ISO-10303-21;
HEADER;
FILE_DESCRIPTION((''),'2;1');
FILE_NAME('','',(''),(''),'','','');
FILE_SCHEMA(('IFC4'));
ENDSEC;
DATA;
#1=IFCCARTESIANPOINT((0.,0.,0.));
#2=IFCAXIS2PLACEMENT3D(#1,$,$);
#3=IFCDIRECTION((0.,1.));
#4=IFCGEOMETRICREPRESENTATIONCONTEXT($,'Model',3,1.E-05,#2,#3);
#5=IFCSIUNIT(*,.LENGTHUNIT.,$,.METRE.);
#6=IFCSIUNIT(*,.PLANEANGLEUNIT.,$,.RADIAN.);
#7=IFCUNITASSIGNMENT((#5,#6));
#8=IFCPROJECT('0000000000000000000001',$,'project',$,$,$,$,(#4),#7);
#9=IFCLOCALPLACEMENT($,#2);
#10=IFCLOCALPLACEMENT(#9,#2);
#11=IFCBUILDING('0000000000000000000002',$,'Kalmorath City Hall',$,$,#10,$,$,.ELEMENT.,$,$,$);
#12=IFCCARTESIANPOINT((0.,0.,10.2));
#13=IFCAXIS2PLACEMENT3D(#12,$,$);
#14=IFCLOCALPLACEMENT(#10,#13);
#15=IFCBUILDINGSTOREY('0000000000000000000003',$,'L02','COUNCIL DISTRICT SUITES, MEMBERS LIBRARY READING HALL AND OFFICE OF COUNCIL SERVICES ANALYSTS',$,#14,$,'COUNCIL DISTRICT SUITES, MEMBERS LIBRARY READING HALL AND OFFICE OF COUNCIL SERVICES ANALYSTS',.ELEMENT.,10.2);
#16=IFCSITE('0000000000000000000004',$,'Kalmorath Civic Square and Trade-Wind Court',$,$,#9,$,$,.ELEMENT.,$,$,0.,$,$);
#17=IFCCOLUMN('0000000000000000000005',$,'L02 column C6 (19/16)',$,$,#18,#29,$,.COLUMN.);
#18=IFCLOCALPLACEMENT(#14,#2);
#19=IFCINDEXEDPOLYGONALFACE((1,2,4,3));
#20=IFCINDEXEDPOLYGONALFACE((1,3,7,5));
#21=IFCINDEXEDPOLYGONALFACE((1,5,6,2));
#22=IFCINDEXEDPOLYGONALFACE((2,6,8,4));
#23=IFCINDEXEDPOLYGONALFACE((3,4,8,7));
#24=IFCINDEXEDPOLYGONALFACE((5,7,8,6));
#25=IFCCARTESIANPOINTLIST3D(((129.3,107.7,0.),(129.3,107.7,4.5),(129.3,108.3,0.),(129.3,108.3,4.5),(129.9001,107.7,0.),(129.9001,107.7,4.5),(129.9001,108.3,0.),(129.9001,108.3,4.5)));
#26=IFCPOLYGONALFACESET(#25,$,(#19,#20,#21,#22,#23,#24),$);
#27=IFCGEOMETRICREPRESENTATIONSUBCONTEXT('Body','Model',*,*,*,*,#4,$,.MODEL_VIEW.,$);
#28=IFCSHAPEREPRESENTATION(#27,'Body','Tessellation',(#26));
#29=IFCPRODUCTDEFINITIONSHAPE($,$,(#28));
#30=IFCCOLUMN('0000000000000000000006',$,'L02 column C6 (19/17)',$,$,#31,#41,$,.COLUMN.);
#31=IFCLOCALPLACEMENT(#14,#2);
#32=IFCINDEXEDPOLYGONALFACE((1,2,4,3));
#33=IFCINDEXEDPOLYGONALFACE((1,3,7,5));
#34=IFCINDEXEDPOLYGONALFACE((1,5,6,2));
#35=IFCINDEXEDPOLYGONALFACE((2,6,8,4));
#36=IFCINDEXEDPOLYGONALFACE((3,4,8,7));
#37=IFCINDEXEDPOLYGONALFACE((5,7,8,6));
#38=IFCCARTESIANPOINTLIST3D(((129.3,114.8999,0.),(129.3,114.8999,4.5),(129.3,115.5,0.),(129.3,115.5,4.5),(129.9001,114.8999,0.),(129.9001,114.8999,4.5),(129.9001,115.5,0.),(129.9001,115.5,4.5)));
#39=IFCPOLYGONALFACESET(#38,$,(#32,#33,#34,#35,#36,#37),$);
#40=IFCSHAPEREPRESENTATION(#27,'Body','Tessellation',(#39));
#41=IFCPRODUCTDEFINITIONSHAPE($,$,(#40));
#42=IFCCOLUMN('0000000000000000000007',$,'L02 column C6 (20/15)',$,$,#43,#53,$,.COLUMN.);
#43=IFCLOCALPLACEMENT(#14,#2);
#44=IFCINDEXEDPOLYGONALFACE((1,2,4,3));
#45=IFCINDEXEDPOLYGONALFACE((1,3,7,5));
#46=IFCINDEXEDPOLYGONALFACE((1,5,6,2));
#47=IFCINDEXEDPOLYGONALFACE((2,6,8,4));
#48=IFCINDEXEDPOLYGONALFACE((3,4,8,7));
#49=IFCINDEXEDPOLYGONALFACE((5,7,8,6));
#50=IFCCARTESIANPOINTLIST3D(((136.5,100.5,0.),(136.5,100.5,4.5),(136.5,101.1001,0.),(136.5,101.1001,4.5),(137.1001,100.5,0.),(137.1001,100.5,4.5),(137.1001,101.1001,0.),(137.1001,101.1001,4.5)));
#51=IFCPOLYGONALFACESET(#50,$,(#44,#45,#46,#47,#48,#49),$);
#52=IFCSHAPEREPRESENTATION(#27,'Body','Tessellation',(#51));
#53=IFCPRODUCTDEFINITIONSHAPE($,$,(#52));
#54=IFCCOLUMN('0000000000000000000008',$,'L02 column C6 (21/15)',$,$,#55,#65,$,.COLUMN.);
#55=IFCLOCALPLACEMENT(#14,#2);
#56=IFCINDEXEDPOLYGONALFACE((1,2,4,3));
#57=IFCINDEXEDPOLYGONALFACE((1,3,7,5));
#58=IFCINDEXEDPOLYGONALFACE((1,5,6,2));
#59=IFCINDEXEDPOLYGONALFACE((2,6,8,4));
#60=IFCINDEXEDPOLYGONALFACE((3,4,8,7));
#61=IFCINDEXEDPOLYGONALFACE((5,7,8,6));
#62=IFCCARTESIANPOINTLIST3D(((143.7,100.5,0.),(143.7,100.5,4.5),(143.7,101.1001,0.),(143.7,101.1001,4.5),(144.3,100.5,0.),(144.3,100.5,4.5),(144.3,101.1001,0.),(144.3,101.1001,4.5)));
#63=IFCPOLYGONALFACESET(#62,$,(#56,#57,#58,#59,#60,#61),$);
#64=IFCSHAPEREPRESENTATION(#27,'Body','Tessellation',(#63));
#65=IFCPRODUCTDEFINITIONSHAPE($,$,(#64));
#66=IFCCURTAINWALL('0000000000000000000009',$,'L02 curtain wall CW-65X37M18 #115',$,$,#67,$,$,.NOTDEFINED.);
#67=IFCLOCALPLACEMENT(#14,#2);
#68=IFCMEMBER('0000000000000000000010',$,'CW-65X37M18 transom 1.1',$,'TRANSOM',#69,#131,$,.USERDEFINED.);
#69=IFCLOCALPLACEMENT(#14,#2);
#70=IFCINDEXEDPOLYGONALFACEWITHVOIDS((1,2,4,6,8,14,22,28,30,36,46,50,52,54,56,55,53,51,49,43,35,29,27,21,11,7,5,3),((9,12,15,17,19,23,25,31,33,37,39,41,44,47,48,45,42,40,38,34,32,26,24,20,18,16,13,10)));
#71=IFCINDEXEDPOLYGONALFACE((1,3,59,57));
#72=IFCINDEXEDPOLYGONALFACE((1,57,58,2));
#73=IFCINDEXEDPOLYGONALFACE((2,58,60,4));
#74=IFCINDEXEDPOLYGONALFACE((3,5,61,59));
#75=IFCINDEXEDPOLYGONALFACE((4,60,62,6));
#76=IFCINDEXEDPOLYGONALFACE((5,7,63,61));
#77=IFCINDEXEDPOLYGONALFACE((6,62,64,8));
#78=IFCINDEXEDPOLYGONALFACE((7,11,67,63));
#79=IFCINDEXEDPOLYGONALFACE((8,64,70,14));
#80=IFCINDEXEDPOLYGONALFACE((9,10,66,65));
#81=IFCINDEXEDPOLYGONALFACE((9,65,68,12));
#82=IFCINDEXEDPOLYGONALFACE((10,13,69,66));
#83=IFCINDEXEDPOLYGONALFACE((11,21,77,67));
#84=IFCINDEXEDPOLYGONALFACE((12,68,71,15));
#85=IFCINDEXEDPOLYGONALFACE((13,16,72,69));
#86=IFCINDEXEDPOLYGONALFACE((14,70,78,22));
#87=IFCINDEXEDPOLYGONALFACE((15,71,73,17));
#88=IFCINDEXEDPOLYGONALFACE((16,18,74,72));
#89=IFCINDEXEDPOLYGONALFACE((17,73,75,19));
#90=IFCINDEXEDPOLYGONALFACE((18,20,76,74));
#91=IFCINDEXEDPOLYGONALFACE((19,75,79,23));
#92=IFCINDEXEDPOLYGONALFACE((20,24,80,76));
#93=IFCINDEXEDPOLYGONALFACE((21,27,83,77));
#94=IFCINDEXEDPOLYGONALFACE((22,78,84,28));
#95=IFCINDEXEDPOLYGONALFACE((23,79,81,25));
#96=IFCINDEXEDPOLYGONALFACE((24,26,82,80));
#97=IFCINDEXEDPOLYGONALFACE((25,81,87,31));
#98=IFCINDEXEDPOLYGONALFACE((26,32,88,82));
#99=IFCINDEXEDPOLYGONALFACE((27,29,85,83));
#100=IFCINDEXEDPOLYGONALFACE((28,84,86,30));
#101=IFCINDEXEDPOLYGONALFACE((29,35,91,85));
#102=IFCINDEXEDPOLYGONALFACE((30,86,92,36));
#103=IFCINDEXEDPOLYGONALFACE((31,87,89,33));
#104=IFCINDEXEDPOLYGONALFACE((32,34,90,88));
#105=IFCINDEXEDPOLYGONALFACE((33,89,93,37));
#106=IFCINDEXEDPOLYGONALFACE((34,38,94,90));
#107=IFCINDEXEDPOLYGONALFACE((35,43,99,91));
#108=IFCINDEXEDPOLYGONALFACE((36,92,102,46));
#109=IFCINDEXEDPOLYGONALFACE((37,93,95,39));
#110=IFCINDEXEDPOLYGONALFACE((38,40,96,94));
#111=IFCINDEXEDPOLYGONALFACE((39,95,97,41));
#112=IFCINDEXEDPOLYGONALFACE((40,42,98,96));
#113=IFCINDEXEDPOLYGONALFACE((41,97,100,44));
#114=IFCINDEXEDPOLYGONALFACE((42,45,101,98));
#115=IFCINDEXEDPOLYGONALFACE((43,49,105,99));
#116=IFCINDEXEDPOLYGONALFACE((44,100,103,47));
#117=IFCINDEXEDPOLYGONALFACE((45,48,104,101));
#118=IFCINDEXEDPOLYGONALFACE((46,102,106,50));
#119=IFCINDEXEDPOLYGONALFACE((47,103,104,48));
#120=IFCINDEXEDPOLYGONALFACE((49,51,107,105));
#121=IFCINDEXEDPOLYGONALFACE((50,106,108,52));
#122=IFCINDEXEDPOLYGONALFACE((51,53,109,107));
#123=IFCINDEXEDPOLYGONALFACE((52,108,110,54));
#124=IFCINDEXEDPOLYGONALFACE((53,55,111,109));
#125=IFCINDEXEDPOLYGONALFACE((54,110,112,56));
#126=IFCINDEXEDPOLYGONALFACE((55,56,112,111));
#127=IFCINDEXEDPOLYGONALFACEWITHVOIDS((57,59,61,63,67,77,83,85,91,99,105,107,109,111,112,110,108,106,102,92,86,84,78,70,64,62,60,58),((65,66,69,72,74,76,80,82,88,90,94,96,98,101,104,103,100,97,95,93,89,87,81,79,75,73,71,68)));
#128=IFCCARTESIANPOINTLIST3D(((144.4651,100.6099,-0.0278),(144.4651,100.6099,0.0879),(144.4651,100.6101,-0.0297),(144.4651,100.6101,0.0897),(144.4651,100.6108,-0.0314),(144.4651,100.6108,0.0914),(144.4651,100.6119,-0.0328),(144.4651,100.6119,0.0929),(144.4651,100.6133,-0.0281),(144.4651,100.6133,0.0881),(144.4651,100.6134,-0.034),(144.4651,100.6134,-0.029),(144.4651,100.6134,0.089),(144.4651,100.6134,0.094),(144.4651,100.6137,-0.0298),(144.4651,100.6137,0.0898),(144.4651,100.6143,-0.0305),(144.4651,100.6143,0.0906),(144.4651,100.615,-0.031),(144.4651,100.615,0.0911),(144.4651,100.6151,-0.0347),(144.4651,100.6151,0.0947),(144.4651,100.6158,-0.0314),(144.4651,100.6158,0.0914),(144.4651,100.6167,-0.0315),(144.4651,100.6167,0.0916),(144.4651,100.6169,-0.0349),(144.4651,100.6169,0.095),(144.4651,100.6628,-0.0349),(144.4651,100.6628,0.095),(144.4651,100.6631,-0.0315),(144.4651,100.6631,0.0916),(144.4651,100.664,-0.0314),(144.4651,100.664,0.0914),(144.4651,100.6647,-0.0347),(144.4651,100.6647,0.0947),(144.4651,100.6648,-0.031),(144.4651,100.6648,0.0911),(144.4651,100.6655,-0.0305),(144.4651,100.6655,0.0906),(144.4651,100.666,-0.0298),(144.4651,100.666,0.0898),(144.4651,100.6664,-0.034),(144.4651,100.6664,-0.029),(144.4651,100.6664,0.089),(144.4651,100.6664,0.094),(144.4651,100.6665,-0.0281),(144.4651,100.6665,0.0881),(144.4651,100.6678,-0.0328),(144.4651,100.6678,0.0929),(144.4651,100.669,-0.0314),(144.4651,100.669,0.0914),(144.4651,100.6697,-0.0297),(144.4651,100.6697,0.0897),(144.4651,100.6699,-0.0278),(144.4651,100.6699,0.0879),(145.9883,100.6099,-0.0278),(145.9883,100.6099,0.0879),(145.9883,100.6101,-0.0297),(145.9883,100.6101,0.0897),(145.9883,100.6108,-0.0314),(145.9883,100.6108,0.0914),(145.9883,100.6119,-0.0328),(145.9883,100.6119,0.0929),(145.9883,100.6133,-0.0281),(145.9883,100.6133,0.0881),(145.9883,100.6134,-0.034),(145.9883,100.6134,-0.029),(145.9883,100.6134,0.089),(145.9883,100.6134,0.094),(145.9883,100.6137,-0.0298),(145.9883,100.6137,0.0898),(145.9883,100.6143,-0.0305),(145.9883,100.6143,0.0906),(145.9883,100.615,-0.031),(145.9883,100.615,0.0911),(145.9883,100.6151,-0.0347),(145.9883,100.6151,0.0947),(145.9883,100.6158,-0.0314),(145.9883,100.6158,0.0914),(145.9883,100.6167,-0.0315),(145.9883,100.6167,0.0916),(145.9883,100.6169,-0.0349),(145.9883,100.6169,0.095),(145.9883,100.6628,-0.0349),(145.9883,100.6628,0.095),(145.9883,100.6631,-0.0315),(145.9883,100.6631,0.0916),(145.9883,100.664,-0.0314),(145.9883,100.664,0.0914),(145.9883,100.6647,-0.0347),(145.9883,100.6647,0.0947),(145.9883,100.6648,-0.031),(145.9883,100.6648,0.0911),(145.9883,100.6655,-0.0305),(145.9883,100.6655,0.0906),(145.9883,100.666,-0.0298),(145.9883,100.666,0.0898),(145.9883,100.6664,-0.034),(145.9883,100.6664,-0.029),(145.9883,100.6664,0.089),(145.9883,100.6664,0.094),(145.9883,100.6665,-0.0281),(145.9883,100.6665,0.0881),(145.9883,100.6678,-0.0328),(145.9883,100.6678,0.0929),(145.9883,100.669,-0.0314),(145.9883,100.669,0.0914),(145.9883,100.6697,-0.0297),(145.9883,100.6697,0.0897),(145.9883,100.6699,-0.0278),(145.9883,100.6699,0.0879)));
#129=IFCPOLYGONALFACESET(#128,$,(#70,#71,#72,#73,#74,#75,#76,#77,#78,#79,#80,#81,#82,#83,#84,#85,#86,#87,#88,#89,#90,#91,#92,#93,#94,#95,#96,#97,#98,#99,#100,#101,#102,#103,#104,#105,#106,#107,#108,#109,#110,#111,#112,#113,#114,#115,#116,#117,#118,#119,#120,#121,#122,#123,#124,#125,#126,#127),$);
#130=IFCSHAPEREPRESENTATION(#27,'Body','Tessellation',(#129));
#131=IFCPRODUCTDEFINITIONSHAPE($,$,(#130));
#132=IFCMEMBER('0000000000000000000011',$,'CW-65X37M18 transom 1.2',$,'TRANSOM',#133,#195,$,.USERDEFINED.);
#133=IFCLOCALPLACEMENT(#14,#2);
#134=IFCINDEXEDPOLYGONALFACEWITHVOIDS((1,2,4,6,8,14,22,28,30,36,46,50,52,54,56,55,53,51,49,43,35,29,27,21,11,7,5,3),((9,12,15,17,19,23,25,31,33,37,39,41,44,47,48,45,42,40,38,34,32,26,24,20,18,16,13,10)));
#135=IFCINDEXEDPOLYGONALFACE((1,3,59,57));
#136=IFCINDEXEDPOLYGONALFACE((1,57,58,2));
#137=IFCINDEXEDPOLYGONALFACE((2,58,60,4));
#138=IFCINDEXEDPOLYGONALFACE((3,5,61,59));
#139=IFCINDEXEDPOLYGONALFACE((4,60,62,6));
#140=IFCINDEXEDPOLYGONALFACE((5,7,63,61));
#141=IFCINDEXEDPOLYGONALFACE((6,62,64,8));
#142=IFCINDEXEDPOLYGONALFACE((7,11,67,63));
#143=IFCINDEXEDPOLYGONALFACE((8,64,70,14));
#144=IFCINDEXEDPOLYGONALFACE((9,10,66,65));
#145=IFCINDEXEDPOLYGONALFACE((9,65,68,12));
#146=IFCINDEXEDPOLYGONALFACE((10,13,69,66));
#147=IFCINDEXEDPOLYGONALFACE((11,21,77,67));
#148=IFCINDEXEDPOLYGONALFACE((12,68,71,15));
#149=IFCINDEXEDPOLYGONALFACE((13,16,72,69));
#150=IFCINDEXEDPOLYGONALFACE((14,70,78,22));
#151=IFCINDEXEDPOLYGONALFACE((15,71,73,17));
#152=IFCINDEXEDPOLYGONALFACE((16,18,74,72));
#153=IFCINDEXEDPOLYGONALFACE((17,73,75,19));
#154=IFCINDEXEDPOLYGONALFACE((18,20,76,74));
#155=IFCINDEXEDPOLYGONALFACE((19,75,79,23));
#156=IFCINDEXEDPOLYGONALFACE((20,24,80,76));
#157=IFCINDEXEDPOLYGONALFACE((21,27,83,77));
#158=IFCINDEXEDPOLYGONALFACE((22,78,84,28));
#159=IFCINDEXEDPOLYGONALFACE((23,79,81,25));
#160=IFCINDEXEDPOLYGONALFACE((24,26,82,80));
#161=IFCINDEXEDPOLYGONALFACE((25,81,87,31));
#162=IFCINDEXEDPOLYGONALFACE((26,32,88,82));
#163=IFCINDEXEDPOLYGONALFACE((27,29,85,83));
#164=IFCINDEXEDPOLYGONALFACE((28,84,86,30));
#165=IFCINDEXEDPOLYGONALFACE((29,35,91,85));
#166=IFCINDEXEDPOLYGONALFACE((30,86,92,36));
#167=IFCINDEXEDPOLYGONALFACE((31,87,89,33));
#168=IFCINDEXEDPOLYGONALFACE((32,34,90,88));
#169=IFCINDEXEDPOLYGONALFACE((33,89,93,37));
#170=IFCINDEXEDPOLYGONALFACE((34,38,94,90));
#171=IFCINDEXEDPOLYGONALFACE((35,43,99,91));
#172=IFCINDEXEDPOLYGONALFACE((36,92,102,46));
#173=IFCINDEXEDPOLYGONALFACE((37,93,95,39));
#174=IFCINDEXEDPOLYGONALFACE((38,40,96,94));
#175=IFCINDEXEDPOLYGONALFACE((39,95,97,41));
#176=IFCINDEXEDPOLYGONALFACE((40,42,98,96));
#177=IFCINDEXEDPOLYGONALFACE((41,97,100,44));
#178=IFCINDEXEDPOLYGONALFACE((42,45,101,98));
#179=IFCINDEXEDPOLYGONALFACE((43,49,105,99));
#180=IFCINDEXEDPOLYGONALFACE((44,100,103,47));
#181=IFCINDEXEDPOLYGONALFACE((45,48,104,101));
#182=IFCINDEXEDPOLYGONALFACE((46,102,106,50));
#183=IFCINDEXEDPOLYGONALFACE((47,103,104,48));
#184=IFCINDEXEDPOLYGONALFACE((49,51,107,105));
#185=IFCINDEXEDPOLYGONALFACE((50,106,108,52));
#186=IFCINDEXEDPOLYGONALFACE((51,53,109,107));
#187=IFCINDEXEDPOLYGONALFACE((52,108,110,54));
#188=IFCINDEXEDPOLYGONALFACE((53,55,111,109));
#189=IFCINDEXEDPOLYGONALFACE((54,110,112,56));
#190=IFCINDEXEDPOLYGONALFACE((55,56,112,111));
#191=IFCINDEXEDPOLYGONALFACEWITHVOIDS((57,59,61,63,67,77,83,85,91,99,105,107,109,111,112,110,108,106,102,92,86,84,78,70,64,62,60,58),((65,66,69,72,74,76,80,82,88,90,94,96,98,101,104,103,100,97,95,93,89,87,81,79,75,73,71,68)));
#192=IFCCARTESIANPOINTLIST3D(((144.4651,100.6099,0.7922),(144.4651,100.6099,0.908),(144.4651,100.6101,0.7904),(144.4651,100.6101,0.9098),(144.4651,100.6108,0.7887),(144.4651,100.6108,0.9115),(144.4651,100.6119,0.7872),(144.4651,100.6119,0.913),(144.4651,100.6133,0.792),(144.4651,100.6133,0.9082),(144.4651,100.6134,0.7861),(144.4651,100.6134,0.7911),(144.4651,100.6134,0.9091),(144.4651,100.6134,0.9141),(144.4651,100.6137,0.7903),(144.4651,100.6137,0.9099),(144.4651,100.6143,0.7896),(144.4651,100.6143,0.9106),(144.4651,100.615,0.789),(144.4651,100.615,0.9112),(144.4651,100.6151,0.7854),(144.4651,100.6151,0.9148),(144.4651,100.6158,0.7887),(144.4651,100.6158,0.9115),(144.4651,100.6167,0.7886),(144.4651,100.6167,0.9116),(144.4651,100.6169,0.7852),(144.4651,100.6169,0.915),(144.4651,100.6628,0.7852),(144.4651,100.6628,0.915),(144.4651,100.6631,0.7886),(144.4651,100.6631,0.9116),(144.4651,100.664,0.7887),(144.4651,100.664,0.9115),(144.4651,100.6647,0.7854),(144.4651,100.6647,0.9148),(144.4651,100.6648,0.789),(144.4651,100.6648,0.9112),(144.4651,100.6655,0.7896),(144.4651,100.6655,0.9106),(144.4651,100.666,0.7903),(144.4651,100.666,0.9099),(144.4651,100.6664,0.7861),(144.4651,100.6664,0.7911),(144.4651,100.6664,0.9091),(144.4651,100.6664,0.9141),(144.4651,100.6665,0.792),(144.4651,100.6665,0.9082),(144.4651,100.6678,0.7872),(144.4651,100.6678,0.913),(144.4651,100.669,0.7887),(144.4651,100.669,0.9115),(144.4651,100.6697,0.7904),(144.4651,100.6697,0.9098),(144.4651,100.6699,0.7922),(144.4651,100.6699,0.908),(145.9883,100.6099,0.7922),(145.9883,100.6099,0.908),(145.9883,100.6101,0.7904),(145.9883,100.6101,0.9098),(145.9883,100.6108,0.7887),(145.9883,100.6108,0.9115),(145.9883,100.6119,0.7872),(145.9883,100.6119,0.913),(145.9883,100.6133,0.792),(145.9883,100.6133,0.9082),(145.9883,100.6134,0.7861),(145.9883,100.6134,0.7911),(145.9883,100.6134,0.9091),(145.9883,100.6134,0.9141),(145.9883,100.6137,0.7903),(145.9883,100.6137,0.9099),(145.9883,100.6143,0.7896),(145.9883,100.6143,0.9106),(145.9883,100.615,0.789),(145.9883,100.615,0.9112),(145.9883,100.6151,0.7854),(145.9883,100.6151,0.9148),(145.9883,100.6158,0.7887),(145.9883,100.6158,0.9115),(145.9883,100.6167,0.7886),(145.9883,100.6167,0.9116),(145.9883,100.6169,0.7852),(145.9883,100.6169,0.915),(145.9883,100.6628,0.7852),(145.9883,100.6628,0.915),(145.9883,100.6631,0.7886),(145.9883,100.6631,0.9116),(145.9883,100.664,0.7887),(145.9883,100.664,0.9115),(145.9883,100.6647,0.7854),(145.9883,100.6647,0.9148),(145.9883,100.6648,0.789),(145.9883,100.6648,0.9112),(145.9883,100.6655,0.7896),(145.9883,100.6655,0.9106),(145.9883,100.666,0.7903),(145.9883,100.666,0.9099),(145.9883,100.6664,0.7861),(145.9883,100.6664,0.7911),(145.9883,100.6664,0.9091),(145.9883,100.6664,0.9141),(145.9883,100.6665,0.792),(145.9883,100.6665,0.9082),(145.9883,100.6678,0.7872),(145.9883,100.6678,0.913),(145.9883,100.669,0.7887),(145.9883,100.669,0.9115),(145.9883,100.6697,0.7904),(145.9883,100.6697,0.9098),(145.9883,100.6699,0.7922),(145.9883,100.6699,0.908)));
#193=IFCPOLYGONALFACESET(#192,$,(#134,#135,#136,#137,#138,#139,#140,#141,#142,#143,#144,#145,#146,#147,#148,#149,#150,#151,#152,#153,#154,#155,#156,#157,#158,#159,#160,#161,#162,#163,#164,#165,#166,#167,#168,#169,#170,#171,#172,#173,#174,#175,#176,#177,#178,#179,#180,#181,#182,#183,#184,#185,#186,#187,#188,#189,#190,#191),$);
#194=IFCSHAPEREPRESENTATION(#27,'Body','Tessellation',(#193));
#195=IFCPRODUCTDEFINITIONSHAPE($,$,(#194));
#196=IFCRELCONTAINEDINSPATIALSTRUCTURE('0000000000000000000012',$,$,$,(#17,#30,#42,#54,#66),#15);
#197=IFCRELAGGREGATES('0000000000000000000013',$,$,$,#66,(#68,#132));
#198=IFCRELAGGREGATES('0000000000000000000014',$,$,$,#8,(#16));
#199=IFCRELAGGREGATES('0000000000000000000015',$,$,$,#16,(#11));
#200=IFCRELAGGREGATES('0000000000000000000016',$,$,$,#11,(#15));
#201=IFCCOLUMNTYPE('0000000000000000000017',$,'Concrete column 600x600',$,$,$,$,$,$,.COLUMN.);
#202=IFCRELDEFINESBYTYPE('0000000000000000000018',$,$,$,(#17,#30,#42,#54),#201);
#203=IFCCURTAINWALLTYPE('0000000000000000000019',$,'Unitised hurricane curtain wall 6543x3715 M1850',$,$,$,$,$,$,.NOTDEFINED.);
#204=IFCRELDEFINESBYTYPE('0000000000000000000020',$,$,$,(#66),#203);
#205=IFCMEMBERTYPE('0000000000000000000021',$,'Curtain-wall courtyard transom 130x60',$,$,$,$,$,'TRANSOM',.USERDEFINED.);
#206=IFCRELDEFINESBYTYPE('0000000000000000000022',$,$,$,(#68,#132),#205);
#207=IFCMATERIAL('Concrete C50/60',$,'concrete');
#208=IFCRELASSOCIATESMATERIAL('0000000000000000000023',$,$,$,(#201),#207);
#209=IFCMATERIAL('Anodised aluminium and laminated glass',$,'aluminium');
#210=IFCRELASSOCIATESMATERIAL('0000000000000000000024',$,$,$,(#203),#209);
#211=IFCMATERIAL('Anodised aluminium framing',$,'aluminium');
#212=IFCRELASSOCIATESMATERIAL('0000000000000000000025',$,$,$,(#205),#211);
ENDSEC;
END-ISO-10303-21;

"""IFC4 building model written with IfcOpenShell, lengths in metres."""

from ifc_helpers import new_model, si_unit, direction, frame, origin, origin_2d, place, context, subcontext, project, spatial, rectangle, hollow_rectangle, extrude, material, material_profile, profile_set, type_object, element, aggregate, save


model = new_model("IFC4")

# Units and contexts
model_context = context("Model", 3, precision=1e-05, world=origin(), true_north=direction((0.0, 1.0)))
body_context = subcontext(model_context, "Body", "Model", "MODEL_VIEW")
ifc_project = project(units=[si_unit("LENGTHUNIT", "METRE"), si_unit("PLANEANGLEUNIT", "RADIAN")], contexts=[model_context])

# Site, building, storey
site_placement = place(None, origin())
site = spatial("IfcSite", under=ifc_project, at=site_placement, Name="Kalmorath Civic Square and Trade-Wind Court", CompositionType="ELEMENT", RefElevation=0.0)
building_placement = place(site_placement, origin())
building = spatial("IfcBuilding", under=site, at=building_placement, Name="Kalmorath City Hall", CompositionType="ELEMENT")
storey_placement = place(building_placement, frame((0.0, 0.0, 10.2)))
storey = spatial("IfcBuildingStorey", under=building, at=storey_placement, Name="L02", Description="COUNCIL DISTRICT SUITES, MEMBERS LIBRARY READING HALL AND OFFICE OF COUNCIL SERVICES ANALYSTS", LongName="COUNCIL DISTRICT SUITES, MEMBERS LIBRARY READING HALL AND OFFICE OF COUNCIL SERVICES ANALYSTS", CompositionType="ELEMENT", Elevation=10.2)

# Columns
ifc_material_1 = material(Name="Concrete C50/60", Category="concrete")
ifc_material_profile_1 = material_profile(ifc_material_1, rectangle(XDim=0.6001, YDim=0.6001, at=origin_2d()), Name="RC-COL-600X600")
ifc_profile_set_1 = profile_set([ifc_material_profile_1], Name="Concrete C50/60")
column_type = type_object("IfcColumnType", Name="Concrete column 600x600", PredefinedType="COLUMN", material=ifc_profile_set_1)
for number, where, z_axis, x_axis, name in (
    (1, (129.6001, 108.0, 0.0), (0.0, 0.0, 1.0), (1.0, 0.0, 0.0), "L02 column C6 (19/16)"),
    (2, (129.6001, 115.2, 0.0), (0.0, 0.0, 1.0), (1.0, 0.0, 0.0), "L02 column C6 (19/17)"),
    (3, (136.8, 100.8, 0.0), (0.0, 0.0, 1.0), (1.0, 0.0, 0.0), "L02 column C6 (20/15)"),
    (4, (144.0, 100.8, 0.0), (0.0, 0.0, 1.0), (1.0, 0.0, 0.0), "L02 column C6 (21/15)"),
):
    element("IfcColumn", number, at=place(storey_placement, frame(where, z_axis=z_axis, x_axis=x_axis)), inside=storey, type_object=column_type, Name=name, PredefinedType="COLUMN", context=body_context, shape_type="SweptSolid", body=[
        extrude(rectangle(XDim=0.6001, YDim=0.6001, at=origin_2d()), origin(), (0.0, 0.0, 1.0), 4.5),
    ])

# Curtain wall, members
ifc_material_2 = material(Name="Anodised aluminium and laminated glass", Category="aluminium")
curtain_wall_type = type_object("IfcCurtainWallType", Name="Unitised hurricane curtain wall 6543x3715 M1850", PredefinedType="NOTDEFINED", material=ifc_material_2)
curtain_wall_placement = place(storey_placement, origin())
curtain_wall = element("IfcCurtainWall", 5, at=curtain_wall_placement, inside=storey, type_object=curtain_wall_type, Name="L02 curtain wall CW-65X37M18 #115", PredefinedType="NOTDEFINED")
ifc_material_3 = material(Name="Anodised aluminium framing", Category="aluminium")
ifc_material_profile_2 = material_profile(ifc_material_3, hollow_rectangle(XDim=0.0601, YDim=0.1299, WallThickness=0.0034, InnerFilletRadius=0.0034, OuterFilletRadius=0.0071, at=origin_2d()), Name="ALU-TRN-130X60X3.5")
ifc_profile_set_2 = profile_set([ifc_material_profile_2], Name="Anodised aluminium framing")
member_type_1 = type_object("IfcMemberType", Name="Curtain-wall courtyard transom 130x60", ElementType="TRANSOM", PredefinedType="USERDEFINED", material=ifc_profile_set_2)
member_1_placement = place(storey_placement, frame((144.4651, 100.6399, 0.03), z_axis=(1.0, 0.0, 0.0), x_axis=(0.0, 1.0, 0.0)))
member_1 = element("IfcMember", 6, at=member_1_placement, type_object=member_type_1, Name="CW-65X37M18 transom 1.1", ObjectType="TRANSOM", PredefinedType="USERDEFINED", context=body_context, shape_type="SweptSolid", body=[
    extrude(hollow_rectangle(XDim=0.0601, YDim=0.1299, WallThickness=0.0034, InnerFilletRadius=0.0034, OuterFilletRadius=0.0071, at=origin_2d()), origin(), (0.0, 0.0, 1.0), 1.5232),
])
member_2_placement = place(storey_placement, frame((144.4651, 100.6399, 0.8501), z_axis=(1.0, 0.0, 0.0), x_axis=(0.0, 1.0, 0.0)))
member_2 = element("IfcMember", 7, at=member_2_placement, type_object=member_type_1, Name="CW-65X37M18 transom 1.2", ObjectType="TRANSOM", PredefinedType="USERDEFINED", context=body_context, shape_type="SweptSolid", body=[
    extrude(hollow_rectangle(XDim=0.0601, YDim=0.1299, WallThickness=0.0034, InnerFilletRadius=0.0034, OuterFilletRadius=0.0071, at=origin_2d()), origin(), (0.0, 0.0, 1.0), 1.5232),
])

aggregate(curtain_wall, [member_1, member_2])

save(model, "model.ifc")
